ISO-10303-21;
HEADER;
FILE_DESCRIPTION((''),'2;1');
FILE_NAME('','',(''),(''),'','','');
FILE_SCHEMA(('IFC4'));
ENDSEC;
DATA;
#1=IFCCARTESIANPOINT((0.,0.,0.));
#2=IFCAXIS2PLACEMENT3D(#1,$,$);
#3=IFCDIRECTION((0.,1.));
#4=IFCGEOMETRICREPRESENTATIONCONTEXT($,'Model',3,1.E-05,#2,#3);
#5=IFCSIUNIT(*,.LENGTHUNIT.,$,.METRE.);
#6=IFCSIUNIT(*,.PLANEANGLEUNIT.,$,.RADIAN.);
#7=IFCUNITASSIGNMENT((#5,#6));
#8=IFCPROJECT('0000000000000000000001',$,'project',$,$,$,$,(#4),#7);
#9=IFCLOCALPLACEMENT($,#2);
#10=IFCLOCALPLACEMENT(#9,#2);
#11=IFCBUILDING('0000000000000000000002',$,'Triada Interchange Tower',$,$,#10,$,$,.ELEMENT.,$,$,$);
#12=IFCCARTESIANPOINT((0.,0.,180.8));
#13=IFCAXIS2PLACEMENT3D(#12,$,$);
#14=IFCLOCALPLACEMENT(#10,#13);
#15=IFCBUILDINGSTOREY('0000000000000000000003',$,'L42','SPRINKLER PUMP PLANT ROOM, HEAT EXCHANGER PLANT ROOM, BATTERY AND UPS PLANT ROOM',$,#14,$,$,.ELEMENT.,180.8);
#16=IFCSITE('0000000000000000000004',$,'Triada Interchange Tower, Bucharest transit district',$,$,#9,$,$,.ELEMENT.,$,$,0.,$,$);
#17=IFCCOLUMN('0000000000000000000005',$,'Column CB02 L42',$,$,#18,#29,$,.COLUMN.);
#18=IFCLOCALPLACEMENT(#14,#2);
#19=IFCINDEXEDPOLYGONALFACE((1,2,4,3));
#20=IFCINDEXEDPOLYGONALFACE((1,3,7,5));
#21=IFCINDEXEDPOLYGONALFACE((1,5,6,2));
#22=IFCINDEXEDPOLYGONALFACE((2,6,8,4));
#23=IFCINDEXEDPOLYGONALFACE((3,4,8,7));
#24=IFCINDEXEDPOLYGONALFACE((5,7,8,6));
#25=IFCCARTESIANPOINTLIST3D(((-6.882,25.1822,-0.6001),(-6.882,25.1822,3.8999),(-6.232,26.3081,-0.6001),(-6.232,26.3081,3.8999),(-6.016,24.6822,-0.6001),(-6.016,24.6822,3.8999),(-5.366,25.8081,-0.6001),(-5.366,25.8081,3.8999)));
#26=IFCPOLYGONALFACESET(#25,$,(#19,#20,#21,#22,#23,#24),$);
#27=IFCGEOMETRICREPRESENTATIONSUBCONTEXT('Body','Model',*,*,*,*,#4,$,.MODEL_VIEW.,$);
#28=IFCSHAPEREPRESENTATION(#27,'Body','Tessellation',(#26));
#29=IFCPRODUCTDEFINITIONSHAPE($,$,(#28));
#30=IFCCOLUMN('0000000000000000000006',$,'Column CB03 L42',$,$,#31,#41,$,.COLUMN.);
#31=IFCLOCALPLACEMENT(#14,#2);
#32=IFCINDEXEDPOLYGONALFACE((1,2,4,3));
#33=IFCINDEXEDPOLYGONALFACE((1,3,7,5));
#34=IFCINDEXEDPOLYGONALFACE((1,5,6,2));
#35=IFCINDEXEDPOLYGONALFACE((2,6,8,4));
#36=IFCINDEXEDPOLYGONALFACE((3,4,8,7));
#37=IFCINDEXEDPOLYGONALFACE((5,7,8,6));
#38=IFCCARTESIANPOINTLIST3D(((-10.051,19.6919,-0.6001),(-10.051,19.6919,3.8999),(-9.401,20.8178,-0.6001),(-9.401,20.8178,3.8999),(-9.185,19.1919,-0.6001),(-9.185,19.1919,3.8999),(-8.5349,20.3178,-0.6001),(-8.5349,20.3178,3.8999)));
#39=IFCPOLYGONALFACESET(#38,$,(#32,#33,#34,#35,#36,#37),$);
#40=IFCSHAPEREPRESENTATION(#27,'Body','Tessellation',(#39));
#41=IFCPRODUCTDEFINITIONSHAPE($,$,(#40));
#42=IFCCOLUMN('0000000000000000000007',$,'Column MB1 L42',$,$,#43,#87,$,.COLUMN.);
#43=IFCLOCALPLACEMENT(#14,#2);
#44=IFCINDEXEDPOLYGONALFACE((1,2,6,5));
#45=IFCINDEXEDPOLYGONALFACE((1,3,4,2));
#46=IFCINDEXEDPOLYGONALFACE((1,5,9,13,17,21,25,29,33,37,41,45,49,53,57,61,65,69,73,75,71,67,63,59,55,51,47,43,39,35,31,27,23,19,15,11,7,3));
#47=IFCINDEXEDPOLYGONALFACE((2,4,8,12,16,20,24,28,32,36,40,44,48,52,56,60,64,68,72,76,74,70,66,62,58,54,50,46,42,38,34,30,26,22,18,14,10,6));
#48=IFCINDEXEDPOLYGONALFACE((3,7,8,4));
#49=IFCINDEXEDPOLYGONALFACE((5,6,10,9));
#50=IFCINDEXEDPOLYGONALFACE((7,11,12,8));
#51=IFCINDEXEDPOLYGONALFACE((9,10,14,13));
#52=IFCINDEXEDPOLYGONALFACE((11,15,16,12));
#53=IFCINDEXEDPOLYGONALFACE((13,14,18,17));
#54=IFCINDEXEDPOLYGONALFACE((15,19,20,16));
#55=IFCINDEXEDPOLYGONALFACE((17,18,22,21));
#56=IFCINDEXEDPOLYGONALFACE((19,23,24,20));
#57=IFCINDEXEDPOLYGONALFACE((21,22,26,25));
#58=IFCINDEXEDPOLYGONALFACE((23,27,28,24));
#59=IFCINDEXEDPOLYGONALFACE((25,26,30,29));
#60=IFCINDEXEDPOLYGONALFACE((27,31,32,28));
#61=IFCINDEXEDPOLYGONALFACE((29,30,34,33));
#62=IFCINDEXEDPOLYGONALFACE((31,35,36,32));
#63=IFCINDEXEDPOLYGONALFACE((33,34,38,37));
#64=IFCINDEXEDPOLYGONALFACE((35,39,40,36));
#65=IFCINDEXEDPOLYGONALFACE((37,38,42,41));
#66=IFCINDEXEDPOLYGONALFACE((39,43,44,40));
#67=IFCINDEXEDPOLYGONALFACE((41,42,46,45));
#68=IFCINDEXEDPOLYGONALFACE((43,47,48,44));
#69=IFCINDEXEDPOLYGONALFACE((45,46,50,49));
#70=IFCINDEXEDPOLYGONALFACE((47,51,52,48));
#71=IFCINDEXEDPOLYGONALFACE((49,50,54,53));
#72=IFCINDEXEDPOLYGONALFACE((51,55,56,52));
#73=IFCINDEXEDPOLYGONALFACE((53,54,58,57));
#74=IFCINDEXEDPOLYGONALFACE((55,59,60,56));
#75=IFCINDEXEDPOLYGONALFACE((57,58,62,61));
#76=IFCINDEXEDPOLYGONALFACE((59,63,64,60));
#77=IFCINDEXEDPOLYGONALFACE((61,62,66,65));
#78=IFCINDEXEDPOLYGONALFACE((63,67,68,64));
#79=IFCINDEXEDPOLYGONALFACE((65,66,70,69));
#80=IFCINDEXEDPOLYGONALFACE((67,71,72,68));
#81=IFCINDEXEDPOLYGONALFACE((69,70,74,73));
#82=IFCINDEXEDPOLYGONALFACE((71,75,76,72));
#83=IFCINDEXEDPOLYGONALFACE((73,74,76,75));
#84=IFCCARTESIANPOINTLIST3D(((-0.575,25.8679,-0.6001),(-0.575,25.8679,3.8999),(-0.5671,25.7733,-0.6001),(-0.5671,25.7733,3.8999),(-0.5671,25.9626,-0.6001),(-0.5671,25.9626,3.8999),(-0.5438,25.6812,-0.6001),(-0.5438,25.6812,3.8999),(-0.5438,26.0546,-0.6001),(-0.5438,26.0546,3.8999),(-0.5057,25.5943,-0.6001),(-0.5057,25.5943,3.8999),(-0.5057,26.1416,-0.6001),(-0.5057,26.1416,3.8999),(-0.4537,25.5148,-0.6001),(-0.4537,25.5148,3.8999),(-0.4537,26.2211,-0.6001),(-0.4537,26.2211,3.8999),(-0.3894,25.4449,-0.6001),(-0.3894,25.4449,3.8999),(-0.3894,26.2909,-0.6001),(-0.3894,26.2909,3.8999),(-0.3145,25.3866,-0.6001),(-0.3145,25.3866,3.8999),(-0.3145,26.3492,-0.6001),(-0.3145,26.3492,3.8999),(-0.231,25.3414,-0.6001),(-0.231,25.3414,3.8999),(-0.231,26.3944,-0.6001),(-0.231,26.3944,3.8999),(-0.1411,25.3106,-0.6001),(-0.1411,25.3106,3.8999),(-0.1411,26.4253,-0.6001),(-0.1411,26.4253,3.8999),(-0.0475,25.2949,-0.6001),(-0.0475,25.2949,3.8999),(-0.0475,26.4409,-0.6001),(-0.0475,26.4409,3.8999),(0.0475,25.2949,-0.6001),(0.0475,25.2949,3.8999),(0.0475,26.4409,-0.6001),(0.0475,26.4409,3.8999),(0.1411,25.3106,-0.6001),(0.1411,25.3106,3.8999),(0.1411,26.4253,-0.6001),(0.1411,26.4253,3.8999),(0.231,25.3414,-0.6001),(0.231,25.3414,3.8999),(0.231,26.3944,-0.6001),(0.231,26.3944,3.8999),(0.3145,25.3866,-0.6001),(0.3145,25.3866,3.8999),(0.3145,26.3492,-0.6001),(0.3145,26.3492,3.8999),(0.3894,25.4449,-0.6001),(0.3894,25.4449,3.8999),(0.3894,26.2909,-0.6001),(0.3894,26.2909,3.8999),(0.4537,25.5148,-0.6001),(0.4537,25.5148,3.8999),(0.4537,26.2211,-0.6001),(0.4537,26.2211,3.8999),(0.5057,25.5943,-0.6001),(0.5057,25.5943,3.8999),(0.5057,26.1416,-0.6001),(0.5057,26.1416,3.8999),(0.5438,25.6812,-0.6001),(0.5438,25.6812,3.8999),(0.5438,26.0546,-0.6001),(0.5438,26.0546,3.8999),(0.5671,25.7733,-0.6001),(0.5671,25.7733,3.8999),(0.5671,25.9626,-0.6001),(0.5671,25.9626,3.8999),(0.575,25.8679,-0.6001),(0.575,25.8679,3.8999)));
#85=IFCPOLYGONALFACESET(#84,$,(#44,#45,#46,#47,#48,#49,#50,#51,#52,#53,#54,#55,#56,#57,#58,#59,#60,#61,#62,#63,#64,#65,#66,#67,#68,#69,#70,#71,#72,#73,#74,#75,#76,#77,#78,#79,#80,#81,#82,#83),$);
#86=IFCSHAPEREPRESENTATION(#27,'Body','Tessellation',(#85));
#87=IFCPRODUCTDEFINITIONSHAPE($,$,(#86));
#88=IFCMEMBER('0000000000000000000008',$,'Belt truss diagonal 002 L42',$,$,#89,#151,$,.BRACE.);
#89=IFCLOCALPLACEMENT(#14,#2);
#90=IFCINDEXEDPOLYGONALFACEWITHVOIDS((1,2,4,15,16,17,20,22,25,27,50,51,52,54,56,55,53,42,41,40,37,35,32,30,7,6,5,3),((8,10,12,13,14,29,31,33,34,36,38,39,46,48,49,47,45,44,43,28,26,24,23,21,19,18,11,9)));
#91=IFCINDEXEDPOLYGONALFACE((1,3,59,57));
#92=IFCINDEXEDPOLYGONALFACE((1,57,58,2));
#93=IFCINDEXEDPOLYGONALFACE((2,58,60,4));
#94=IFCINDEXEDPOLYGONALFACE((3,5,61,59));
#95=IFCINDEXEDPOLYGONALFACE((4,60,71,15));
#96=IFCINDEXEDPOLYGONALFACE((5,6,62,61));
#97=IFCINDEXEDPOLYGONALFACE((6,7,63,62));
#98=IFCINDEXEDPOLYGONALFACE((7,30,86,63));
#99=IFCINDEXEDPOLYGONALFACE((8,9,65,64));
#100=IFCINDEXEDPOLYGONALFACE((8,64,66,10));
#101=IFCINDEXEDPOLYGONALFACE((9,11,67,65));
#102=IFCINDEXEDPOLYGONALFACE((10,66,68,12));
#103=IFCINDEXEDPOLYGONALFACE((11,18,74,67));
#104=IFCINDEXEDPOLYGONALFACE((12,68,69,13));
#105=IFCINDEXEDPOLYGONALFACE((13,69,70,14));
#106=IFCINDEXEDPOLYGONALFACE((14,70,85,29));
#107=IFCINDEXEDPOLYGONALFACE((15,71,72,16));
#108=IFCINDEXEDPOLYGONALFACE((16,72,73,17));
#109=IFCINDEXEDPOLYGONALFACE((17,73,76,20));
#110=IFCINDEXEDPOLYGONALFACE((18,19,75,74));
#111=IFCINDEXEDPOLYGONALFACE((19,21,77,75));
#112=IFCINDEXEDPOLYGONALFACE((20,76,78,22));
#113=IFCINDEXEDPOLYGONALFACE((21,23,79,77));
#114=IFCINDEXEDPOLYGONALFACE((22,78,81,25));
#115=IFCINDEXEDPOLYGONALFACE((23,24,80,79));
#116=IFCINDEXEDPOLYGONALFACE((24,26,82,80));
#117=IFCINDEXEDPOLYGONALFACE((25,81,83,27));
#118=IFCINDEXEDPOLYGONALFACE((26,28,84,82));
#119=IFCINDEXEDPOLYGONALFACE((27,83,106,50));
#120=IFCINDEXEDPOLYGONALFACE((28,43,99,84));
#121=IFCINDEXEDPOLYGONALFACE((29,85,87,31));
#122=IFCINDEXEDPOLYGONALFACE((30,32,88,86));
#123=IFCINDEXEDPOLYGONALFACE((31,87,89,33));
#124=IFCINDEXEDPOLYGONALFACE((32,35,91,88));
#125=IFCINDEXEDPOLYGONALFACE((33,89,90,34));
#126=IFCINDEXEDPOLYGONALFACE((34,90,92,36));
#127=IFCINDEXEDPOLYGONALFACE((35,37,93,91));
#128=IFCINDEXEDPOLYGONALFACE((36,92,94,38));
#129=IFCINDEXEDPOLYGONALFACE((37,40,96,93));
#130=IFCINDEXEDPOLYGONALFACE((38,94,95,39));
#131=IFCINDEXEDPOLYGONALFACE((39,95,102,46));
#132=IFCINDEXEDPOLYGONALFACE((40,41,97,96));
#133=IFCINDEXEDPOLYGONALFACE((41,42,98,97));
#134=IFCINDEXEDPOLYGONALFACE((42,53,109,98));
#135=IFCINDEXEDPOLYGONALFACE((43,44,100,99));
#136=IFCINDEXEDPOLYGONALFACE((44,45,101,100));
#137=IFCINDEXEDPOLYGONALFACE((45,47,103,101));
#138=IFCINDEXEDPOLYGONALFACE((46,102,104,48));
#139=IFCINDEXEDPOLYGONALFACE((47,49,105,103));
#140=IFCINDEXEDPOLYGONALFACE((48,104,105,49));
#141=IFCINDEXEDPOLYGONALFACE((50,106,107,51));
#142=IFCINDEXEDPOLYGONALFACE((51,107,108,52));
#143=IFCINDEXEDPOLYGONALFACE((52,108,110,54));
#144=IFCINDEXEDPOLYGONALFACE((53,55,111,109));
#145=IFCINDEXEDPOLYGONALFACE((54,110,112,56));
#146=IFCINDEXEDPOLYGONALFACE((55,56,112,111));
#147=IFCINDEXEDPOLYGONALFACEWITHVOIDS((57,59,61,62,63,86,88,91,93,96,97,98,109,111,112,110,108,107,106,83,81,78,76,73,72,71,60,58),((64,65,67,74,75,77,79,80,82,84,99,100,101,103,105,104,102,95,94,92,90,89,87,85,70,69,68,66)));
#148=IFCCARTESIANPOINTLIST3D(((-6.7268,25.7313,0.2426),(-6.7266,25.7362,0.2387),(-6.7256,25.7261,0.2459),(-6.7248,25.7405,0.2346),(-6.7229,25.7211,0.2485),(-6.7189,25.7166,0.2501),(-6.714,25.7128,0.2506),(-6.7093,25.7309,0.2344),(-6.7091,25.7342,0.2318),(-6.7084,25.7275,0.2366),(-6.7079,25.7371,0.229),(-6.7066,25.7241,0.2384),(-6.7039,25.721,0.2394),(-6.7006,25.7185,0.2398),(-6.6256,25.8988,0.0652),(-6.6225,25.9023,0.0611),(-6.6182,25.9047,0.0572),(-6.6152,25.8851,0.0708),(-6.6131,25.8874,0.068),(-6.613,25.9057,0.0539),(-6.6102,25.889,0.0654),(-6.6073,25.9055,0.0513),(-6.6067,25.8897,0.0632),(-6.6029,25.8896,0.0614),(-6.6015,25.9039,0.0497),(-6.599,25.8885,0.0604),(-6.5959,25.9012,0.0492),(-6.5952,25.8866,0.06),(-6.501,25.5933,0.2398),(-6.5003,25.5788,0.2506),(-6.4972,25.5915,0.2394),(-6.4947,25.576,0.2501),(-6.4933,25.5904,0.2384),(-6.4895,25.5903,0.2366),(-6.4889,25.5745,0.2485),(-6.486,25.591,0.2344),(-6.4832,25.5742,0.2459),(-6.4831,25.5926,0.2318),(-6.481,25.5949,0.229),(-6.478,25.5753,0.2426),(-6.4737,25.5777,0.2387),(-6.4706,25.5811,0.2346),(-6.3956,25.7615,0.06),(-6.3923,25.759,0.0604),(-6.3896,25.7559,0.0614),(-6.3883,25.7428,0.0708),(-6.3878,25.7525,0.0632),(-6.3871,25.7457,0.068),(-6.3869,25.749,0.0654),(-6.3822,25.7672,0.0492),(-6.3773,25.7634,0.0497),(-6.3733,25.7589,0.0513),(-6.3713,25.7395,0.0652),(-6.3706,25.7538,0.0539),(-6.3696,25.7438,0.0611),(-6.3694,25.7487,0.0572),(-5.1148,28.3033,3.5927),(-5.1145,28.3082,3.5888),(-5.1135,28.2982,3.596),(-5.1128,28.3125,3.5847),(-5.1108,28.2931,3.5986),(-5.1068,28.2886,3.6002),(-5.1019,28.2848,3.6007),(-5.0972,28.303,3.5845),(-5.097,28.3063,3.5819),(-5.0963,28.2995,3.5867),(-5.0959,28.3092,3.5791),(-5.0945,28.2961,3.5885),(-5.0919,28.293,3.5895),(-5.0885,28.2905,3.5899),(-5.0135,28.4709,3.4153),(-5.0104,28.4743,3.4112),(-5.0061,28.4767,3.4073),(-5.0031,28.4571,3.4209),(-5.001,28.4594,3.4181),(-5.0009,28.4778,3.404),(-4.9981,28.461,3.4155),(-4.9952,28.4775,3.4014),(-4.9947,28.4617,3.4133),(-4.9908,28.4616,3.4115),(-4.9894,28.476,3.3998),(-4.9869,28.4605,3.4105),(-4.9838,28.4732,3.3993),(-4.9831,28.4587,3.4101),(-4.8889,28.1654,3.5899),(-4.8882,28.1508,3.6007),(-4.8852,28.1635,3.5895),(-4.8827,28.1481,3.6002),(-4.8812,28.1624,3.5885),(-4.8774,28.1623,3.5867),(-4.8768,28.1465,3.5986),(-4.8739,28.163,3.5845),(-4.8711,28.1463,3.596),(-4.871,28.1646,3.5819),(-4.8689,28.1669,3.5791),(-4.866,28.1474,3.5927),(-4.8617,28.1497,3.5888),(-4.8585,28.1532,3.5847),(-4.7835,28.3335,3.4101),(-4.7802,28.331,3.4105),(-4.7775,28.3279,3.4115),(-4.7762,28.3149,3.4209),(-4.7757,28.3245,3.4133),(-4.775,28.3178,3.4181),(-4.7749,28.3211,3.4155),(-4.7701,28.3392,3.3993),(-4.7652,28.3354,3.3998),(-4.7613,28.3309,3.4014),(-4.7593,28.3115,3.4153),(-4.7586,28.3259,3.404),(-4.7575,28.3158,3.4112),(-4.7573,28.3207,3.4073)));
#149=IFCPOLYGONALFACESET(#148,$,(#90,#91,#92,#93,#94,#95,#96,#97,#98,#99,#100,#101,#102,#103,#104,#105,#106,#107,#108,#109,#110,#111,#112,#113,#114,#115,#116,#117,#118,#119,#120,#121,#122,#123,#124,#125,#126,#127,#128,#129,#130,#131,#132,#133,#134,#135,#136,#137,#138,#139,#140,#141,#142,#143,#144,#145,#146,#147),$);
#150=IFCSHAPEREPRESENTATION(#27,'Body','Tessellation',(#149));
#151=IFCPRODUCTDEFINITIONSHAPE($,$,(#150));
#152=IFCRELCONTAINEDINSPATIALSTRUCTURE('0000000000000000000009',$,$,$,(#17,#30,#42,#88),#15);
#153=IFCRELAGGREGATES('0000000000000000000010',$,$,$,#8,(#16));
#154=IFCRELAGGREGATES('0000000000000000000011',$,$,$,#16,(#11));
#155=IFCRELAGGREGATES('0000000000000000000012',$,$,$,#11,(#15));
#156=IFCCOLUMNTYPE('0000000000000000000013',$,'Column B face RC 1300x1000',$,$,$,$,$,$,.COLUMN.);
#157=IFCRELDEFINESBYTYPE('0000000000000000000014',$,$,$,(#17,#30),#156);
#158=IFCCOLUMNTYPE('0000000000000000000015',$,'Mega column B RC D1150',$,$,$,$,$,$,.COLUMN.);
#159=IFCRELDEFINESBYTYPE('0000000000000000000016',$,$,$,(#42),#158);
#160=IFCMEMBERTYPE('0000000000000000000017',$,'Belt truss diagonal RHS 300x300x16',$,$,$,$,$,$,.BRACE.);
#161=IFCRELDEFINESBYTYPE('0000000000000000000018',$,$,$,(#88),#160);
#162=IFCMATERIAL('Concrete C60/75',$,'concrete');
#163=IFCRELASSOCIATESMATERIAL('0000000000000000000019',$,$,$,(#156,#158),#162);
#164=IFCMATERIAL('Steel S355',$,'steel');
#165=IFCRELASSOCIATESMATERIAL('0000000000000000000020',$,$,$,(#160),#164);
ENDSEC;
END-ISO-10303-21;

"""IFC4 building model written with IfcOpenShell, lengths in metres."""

from ifc_helpers import new_model, si_unit, direction, frame, origin, origin_2d, place, context, subcontext, project, spatial, rectangle, hollow_rectangle, circle, extrude, material, material_profile, profile_set, type_object, element, save


model = new_model("IFC4")

# Units and contexts
model_context = context("Model", 3, precision=1e-05, world=origin(), true_north=direction((0.0, 1.0)))
body_context = subcontext(model_context, "Body", "Model", "MODEL_VIEW")
ifc_project = project(units=[si_unit("LENGTHUNIT", "METRE"), si_unit("PLANEANGLEUNIT", "RADIAN")], contexts=[model_context])

# Site, building, storey
site_placement = place(None, origin())
site = spatial("IfcSite", under=ifc_project, at=site_placement, Name="Triada Interchange Tower, Bucharest transit district", CompositionType="ELEMENT", RefElevation=0.0)
building_placement = place(site_placement, origin())
building = spatial("IfcBuilding", under=site, at=building_placement, Name="Triada Interchange Tower", CompositionType="ELEMENT")
storey_placement = place(building_placement, frame((0.0, 0.0, 180.8)))
storey = spatial("IfcBuildingStorey", under=building, at=storey_placement, Name="L42", Description="SPRINKLER PUMP PLANT ROOM, HEAT EXCHANGER PLANT ROOM, BATTERY AND UPS PLANT ROOM", CompositionType="ELEMENT", Elevation=180.8)

# Columns
ifc_material_1 = material(Name="Concrete C60/75", Category="concrete")
ifc_material_profile_1 = material_profile(ifc_material_1, rectangle(XDim=1.3, YDim=1.0, at=origin_2d()), Name="RC 1300x1000")
ifc_profile_set_1 = profile_set([ifc_material_profile_1], Name="Concrete C60/75")
column_type_1 = type_object("IfcColumnType", Name="Column B face RC 1300x1000", PredefinedType="COLUMN", material=ifc_profile_set_1)
for number, where, z_axis, x_axis, name in (
    (1, (-6.124, 25.4951, -0.6001), (0.0, 0.0, 1.0), (0.5, 0.866025, 0.0), "Column CB02 L42"),
    (2, (-9.293, 20.0049, -0.6001), (0.0, 0.0, 1.0), (0.5, 0.866025, 0.0), "Column CB03 L42"),
):
    element("IfcColumn", number, at=place(storey_placement, frame(where, z_axis=z_axis, x_axis=x_axis)), inside=storey, type_object=column_type_1, Name=name, PredefinedType="COLUMN", context=body_context, shape_type="SweptSolid", body=[
        extrude(rectangle(XDim=1.3, YDim=1.0, at=origin_2d()), origin(), (0.0, 0.0, 1.0), 4.5),
    ])
ifc_material_profile_2 = material_profile(ifc_material_1, circle(Radius=0.575, at=origin_2d()), Name="RC D1150")
ifc_profile_set_2 = profile_set([ifc_material_profile_2], Name="Concrete C60/75")
column_type_2 = type_object("IfcColumnType", Name="Mega column B RC D1150", PredefinedType="COLUMN", material=ifc_profile_set_2)
column_placement = place(storey_placement, frame((0.0, 25.8679, -0.6001), z_axis=(0.0, 0.0, 1.0), x_axis=(1.0, 0.0, 0.0)))
element("IfcColumn", 3, at=column_placement, inside=storey, type_object=column_type_2, Name="Column MB1 L42", PredefinedType="COLUMN", context=body_context, shape_type="SweptSolid", body=[
    extrude(circle(Radius=0.575, at=origin_2d()), origin(), (0.0, 0.0, 1.0), 4.5),
])

# Member
ifc_material_2 = material(Name="Steel S355", Category="steel")
ifc_material_profile_3 = material_profile(ifc_material_2, hollow_rectangle(XDim=0.3, YDim=0.3, WallThickness=0.0161, InnerFilletRadius=0.0161, OuterFilletRadius=0.0239, at=origin_2d()), Name="RHS 300x300x16")
ifc_profile_set_3 = profile_set([ifc_material_profile_3], Name="Steel S355")
member_type = type_object("IfcMemberType", Name="Belt truss diagonal RHS 300x300x16", PredefinedType="BRACE", material=ifc_profile_set_3)
member_1_placement = place(storey_placement, frame((-6.5481, 25.74, 0.1499), z_axis=(0.356591, 0.568937, 0.741049), x_axis=(-0.847324, 0.531076, 0.0)))
element("IfcMember", 4, at=member_1_placement, inside=storey, type_object=member_type, Name="Belt truss diagonal 002 L42", PredefinedType="BRACE", context=body_context, shape_type="SweptSolid", body=[
    extrude(hollow_rectangle(XDim=0.3, YDim=0.3, WallThickness=0.0161, InnerFilletRadius=0.0161, OuterFilletRadius=0.0239, at=origin_2d()), origin(), (0.0, 0.0, 1.0), 4.5208),
])

save(model, "model.ifc")
